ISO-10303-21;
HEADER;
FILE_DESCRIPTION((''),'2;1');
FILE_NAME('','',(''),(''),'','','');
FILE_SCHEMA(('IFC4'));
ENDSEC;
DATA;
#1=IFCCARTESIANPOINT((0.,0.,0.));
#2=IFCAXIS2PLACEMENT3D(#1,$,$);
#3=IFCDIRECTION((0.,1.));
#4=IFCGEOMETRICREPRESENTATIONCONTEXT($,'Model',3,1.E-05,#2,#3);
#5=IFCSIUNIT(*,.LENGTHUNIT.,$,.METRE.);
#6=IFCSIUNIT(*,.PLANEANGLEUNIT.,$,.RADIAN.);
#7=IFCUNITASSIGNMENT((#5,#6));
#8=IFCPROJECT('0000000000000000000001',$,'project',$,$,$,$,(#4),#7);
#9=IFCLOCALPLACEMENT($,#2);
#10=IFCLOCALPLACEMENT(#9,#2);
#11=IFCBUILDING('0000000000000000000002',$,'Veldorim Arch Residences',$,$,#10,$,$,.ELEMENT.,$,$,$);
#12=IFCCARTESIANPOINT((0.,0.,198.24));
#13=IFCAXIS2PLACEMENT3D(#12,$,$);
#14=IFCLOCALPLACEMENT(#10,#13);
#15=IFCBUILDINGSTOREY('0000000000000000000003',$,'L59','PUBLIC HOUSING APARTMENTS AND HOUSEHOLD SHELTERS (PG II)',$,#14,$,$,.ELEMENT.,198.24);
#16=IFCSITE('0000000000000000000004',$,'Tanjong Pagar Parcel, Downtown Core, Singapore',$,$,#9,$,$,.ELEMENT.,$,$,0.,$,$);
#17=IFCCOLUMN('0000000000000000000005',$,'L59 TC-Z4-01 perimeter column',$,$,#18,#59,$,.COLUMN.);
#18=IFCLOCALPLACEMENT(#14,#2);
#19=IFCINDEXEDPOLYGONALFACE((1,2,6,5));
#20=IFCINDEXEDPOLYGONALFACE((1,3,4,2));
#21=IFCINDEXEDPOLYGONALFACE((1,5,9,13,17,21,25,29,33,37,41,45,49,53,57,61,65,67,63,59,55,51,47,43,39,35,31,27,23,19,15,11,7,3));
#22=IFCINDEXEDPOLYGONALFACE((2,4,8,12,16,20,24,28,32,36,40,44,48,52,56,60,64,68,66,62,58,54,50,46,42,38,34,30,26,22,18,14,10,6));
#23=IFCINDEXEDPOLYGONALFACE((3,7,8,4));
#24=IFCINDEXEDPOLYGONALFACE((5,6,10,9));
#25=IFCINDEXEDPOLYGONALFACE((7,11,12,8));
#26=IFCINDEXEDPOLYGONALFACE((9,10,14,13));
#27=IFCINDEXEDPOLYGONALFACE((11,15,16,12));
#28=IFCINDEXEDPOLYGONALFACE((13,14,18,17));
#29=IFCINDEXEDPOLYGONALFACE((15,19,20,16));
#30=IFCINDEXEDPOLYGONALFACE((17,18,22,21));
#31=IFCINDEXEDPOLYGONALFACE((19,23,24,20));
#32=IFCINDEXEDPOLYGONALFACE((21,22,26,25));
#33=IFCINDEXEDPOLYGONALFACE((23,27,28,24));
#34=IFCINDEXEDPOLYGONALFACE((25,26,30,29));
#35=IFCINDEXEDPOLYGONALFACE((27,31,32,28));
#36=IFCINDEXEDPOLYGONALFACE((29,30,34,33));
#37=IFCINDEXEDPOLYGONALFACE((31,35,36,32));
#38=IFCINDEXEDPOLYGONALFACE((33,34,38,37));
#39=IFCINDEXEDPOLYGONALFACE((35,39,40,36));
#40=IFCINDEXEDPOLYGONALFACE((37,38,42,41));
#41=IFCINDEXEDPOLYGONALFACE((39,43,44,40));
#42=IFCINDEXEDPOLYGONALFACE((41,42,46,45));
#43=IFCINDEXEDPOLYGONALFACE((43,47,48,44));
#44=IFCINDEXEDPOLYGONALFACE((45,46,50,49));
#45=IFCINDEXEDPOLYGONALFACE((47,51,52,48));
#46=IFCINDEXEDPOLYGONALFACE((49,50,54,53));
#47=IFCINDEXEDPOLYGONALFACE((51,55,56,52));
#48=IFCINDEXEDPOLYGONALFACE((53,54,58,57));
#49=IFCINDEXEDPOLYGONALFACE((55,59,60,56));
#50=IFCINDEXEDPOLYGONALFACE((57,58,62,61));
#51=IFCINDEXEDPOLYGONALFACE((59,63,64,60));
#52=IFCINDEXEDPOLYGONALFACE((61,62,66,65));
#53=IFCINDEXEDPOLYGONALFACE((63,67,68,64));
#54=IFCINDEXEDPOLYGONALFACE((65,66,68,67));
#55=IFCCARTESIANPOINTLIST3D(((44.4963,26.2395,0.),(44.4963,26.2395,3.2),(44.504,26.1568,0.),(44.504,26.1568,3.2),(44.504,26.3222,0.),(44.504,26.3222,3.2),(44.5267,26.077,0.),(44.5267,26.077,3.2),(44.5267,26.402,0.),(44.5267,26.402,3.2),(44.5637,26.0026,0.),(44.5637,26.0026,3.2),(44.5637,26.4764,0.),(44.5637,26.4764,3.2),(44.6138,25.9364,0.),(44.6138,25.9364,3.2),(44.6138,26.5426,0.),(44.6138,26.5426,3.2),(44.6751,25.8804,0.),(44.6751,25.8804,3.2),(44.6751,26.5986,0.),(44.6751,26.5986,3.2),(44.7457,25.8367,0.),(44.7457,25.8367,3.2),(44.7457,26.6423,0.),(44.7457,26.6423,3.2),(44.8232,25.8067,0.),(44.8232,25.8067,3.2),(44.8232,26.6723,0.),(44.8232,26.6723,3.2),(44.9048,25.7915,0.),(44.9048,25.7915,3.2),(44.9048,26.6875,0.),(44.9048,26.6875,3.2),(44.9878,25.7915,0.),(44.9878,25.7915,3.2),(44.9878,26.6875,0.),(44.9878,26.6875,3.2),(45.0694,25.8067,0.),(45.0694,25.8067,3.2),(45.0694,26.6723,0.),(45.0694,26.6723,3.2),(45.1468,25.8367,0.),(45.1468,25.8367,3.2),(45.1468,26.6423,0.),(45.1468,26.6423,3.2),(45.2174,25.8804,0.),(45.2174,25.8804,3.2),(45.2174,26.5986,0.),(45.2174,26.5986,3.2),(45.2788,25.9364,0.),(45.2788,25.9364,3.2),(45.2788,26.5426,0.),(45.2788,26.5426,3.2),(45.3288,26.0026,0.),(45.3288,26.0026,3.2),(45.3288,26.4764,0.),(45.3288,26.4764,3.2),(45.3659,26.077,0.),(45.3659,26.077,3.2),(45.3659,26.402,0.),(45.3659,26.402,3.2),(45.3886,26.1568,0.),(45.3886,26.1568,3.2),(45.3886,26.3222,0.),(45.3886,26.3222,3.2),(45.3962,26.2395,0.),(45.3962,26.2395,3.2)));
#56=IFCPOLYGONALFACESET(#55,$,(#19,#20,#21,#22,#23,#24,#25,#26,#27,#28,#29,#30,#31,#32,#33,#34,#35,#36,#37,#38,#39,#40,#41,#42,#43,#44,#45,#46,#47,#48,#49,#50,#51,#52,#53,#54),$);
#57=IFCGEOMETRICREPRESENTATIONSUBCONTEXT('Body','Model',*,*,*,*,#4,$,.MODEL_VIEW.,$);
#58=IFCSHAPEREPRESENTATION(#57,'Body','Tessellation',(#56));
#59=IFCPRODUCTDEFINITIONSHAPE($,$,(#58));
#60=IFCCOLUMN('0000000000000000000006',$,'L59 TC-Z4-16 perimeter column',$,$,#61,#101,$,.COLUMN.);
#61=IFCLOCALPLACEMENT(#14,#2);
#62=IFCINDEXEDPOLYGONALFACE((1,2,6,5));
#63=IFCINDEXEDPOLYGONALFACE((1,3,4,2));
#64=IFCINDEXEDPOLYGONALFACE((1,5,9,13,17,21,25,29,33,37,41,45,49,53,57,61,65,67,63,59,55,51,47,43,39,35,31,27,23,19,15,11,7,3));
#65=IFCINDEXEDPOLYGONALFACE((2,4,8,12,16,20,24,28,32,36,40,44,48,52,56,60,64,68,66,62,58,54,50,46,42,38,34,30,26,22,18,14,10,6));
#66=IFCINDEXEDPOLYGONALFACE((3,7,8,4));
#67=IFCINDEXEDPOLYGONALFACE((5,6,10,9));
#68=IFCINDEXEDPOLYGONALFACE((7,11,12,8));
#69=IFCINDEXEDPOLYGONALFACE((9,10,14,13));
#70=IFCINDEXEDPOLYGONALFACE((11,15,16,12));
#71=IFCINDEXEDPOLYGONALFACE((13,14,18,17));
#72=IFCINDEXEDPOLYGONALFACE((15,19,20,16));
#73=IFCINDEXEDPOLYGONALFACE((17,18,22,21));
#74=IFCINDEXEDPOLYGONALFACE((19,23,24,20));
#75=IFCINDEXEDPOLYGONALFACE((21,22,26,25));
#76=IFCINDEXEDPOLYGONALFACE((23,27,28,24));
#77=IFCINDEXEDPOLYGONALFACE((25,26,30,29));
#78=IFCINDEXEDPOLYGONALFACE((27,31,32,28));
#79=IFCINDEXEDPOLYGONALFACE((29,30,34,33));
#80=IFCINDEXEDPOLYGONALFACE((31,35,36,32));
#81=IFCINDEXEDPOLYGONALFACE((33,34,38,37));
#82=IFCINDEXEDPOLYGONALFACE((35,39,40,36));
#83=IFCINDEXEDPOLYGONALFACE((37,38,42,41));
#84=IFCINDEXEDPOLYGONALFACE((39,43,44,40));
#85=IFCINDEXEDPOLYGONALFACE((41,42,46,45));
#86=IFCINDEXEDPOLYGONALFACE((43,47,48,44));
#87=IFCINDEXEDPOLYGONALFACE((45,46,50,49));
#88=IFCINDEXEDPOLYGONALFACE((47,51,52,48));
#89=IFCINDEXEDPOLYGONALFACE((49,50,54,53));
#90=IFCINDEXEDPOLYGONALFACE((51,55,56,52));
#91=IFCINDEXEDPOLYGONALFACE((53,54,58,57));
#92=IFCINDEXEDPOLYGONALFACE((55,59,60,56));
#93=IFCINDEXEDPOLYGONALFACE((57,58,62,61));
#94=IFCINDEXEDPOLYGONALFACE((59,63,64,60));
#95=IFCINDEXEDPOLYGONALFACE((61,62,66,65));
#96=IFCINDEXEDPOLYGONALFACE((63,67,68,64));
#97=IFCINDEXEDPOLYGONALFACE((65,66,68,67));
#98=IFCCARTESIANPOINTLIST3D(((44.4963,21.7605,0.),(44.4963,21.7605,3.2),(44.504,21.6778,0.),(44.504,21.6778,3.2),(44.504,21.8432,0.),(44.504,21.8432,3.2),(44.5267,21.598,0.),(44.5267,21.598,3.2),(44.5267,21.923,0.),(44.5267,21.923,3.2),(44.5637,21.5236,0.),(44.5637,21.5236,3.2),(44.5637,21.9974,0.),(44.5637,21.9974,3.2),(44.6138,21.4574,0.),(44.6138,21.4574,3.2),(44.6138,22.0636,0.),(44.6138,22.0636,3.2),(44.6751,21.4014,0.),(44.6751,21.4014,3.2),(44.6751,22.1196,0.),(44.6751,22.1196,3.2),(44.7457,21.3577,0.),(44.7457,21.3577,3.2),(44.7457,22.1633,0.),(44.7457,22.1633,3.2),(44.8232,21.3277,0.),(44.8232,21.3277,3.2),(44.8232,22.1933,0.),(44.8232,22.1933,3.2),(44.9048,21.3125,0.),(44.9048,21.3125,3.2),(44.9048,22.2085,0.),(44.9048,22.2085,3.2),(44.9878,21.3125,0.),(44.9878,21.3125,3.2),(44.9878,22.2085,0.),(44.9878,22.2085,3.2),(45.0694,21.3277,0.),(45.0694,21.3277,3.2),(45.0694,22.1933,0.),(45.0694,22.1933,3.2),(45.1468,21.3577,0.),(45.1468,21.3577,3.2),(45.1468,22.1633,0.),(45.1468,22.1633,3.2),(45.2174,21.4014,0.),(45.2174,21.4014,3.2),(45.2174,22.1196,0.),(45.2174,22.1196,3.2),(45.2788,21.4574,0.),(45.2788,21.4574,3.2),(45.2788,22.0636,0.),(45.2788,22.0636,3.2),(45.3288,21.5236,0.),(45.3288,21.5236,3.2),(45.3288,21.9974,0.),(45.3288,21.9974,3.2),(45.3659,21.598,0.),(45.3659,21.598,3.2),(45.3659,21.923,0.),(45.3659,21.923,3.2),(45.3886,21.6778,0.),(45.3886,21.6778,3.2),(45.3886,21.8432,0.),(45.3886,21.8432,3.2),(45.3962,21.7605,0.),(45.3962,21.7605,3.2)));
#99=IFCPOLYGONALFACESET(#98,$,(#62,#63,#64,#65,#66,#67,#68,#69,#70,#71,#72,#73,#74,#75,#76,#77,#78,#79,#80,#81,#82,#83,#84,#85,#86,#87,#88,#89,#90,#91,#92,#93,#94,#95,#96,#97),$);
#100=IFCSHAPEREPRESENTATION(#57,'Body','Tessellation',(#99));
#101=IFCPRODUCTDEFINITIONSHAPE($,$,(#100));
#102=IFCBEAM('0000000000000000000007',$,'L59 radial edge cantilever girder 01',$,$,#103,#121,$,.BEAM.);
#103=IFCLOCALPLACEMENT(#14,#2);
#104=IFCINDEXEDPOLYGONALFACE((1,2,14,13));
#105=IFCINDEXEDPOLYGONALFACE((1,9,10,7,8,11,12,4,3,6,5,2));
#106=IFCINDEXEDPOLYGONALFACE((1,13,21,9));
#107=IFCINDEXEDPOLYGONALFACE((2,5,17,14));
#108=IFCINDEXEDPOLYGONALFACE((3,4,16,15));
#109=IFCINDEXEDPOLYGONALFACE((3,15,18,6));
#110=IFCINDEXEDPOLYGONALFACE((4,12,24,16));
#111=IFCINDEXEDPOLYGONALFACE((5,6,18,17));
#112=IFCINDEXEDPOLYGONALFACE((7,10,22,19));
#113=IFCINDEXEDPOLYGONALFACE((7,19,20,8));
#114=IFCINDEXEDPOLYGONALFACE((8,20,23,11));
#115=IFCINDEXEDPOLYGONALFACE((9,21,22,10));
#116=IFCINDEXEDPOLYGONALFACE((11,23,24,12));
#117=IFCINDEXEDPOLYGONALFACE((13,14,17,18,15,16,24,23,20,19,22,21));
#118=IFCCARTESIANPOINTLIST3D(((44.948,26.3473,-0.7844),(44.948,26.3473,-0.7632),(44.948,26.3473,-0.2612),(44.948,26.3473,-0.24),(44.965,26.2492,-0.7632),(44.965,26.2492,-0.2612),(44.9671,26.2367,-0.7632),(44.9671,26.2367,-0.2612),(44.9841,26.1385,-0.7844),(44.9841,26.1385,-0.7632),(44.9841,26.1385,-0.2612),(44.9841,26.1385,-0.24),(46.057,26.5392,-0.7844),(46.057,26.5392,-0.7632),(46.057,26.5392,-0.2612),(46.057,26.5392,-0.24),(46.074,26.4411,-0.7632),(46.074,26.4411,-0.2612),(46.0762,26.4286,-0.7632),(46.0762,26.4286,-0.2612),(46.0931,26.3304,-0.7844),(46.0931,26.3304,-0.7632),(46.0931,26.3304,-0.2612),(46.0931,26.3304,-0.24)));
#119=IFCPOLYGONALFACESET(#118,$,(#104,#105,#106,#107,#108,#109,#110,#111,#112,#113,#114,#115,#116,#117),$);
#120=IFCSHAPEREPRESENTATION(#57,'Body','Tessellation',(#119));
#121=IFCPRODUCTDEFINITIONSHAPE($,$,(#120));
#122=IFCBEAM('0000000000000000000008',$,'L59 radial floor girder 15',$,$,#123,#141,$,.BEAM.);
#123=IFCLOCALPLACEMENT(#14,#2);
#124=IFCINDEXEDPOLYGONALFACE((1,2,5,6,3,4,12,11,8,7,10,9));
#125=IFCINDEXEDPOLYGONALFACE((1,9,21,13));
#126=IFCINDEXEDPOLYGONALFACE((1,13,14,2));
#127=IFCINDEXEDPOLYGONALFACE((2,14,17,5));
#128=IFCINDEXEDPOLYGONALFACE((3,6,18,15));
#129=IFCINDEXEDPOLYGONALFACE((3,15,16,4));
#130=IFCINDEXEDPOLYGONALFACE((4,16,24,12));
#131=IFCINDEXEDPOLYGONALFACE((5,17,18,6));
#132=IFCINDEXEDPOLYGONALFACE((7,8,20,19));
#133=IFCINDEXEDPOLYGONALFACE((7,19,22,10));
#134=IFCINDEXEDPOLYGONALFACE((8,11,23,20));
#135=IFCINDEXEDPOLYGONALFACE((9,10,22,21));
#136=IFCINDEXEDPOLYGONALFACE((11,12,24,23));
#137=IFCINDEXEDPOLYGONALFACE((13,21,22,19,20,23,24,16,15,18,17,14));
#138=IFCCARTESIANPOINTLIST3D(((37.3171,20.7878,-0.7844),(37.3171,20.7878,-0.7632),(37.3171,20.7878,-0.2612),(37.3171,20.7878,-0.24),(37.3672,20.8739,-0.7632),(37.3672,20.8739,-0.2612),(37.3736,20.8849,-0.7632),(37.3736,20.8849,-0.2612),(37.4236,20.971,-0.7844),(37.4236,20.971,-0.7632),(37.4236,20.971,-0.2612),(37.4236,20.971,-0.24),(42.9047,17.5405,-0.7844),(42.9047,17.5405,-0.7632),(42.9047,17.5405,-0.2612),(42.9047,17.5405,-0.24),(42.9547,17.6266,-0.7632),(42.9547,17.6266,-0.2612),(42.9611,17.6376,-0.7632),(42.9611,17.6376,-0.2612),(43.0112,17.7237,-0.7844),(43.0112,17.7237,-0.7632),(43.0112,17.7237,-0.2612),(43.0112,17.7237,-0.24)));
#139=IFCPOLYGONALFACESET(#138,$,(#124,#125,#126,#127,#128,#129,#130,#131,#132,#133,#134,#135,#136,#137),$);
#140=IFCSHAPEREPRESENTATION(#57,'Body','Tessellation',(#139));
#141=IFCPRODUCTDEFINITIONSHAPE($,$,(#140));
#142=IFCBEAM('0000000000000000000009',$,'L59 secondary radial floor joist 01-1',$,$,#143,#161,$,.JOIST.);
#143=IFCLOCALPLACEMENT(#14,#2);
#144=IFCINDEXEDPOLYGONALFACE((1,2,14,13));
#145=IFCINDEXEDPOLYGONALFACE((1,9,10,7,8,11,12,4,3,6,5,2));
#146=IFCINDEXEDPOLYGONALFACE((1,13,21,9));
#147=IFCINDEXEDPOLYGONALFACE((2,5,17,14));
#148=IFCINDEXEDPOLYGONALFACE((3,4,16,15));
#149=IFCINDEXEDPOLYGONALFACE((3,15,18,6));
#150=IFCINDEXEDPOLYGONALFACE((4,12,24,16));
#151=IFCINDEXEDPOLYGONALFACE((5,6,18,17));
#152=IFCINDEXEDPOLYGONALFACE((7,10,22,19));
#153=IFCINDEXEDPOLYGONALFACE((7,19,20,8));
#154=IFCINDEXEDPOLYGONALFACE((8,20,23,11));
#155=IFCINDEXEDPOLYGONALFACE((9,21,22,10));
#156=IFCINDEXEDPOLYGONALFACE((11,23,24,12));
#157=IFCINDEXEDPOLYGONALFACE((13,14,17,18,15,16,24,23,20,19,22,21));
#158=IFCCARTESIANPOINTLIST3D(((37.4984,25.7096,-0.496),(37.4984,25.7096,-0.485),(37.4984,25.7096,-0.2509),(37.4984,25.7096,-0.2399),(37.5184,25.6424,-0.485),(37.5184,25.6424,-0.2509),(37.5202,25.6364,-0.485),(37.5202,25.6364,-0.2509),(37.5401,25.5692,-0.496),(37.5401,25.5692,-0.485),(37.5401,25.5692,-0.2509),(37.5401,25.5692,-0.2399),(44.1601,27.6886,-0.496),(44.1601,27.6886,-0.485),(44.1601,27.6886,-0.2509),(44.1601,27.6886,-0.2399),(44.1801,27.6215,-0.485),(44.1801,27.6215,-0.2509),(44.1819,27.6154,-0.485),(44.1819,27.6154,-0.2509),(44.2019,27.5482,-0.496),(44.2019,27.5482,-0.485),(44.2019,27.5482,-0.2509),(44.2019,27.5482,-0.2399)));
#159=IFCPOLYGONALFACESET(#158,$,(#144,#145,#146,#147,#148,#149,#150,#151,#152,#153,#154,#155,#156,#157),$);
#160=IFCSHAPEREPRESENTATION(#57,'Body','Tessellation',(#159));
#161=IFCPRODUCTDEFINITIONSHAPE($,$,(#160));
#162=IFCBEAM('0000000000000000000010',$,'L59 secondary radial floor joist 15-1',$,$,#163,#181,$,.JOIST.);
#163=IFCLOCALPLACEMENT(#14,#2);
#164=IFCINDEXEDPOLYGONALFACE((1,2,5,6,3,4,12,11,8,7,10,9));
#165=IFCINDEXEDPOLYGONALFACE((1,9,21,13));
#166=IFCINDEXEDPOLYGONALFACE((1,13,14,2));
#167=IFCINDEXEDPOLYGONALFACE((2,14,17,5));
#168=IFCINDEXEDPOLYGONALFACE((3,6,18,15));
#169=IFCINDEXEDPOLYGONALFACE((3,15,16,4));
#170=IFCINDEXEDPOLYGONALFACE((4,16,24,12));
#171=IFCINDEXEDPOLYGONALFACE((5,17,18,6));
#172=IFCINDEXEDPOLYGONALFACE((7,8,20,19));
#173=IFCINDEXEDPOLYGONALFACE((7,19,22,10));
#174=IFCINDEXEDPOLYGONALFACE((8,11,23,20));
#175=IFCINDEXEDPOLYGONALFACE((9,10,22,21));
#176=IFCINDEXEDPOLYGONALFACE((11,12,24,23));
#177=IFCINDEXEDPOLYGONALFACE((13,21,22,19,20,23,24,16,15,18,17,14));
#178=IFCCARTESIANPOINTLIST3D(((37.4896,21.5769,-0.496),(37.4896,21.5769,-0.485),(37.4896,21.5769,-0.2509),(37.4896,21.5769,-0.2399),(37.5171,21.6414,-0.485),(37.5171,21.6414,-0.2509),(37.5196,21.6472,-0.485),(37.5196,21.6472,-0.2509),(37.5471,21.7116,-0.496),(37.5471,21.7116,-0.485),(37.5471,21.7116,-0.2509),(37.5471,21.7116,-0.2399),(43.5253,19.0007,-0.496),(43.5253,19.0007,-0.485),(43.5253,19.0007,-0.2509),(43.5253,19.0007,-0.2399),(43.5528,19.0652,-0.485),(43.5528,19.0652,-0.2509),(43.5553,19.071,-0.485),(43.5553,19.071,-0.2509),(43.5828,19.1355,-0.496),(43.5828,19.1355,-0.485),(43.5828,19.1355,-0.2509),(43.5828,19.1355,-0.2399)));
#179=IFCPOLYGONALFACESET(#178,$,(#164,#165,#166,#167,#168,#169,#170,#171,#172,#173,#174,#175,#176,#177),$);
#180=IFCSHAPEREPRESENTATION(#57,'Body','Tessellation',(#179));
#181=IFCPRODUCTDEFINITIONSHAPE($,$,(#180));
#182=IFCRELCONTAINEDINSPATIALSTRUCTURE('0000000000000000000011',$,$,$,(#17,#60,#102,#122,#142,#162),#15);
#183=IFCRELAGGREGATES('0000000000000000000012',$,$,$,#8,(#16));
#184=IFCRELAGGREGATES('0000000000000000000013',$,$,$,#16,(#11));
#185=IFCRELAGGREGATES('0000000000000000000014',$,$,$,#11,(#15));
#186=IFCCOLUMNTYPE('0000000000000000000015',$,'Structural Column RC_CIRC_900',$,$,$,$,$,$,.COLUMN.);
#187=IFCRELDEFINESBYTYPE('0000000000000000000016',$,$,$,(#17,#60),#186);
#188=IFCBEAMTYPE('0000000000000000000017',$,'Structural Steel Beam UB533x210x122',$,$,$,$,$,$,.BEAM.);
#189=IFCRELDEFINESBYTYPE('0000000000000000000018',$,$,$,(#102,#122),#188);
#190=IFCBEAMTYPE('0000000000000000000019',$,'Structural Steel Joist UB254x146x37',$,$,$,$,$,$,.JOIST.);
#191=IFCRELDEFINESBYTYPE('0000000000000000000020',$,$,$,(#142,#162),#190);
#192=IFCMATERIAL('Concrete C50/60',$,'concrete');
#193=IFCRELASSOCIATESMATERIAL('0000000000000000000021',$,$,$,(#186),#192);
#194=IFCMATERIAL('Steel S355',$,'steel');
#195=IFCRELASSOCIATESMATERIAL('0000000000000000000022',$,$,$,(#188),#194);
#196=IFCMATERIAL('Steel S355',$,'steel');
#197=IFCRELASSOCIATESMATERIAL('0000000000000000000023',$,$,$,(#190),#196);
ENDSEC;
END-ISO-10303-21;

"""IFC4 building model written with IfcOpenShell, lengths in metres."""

from ifc_helpers import new_model, si_unit, direction, frame, origin, origin_2d, place, context, subcontext, project, spatial, circle, i_section, extrude, material, material_profile, profile_set, type_object, element, save


model = new_model("IFC4")

# Units and contexts
model_context = context("Model", 3, precision=1e-05, world=origin(), true_north=direction((0.0, 1.0)))
body_context = subcontext(model_context, "Body", "Model", "MODEL_VIEW")
ifc_project = project(units=[si_unit("LENGTHUNIT", "METRE"), si_unit("PLANEANGLEUNIT", "RADIAN")], contexts=[model_context])

# Site, building, storey
site_placement = place(None, origin())
site = spatial("IfcSite", under=ifc_project, at=site_placement, Name="Tanjong Pagar Parcel, Downtown Core, Singapore", CompositionType="ELEMENT", RefElevation=0.0)
building_placement = place(site_placement, origin())
building = spatial("IfcBuilding", under=site, at=building_placement, Name="Veldorim Arch Residences", CompositionType="ELEMENT")
storey_placement = place(building_placement, frame((0.0, 0.0, 198.24)))
storey = spatial("IfcBuildingStorey", under=building, at=storey_placement, Name="L59", Description="PUBLIC HOUSING APARTMENTS AND HOUSEHOLD SHELTERS (PG II)", CompositionType="ELEMENT", Elevation=198.24)

# Columns
ifc_material_1 = material(Name="Concrete C50/60", Category="concrete")
ifc_material_profile_1 = material_profile(ifc_material_1, circle(Radius=0.45, at=origin_2d()), Name="RC_CIRC_900")
ifc_profile_set_1 = profile_set([ifc_material_profile_1], Name="Concrete C50/60")
column_type = type_object("IfcColumnType", Name="Structural Column RC_CIRC_900", PredefinedType="COLUMN", material=ifc_profile_set_1)
for number, where, z_axis, x_axis, name in (
    (1, (44.9463, 26.2395, 0.0), (0.0, 0.0, 1.0), (1.0, 0.0, 0.0), "L59 TC-Z4-01 perimeter column"),
    (2, (44.9463, 21.7605, 0.0), (0.0, 0.0, 1.0), (1.0, 0.0, 0.0), "L59 TC-Z4-16 perimeter column"),
):
    element("IfcColumn", number, at=place(storey_placement, frame(where, z_axis=z_axis, x_axis=x_axis)), inside=storey, type_object=column_type, Name=name, PredefinedType="COLUMN", context=body_context, shape_type="SweptSolid", body=[
        extrude(circle(Radius=0.45, at=origin_2d()), origin(), (0.0, 0.0, 1.0), 3.2),
    ])

# Beams
ifc_material_2 = material(Name="Steel S355", Category="steel")
ifc_material_profile_2 = material_profile(ifc_material_2, i_section(OverallWidth=0.2119, OverallDepth=0.5444, WebThickness=0.0127, FlangeThickness=0.0212, at=origin_2d()), Name="UB533x210x122")
ifc_profile_set_2 = profile_set([ifc_material_profile_2], Name="Steel S355")
beam_type_1 = type_object("IfcBeamType", Name="Structural Steel Beam UB533x210x122", PredefinedType="BEAM", material=ifc_profile_set_2)
beam_1_placement = place(storey_placement, frame((44.9661, 26.2429, -0.5122), z_axis=(0.985355, 0.170517, 0.0), x_axis=(-0.170517, 0.985355, 0.0)))
element("IfcBeam", 3, at=beam_1_placement, inside=storey, type_object=beam_type_1, Name="L59 radial edge cantilever girder 01", PredefinedType="BEAM", context=body_context, shape_type="SweptSolid", body=[
    extrude(i_section(OverallWidth=0.2119, OverallDepth=0.5444, WebThickness=0.0127, FlangeThickness=0.0212, at=origin_2d()), origin(), (0.0, 0.0, 1.0), 1.1255),
])
beam_2_placement = place(storey_placement, frame((37.3704, 20.8794, -0.5122), z_axis=(0.864596, -0.502468, 0.0), x_axis=(0.502468, 0.864596, 0.0)))
element("IfcBeam", 4, at=beam_2_placement, inside=storey, type_object=beam_type_1, Name="L59 radial floor girder 15", PredefinedType="BEAM", context=body_context, shape_type="SweptSolid", body=[
    extrude(i_section(OverallWidth=0.2119, OverallDepth=0.5444, WebThickness=0.0127, FlangeThickness=0.0212, at=origin_2d()), origin(), (0.0, 0.0, 1.0), 6.4626),
])
ifc_material_3 = material(Name="Steel S355", Category="steel")
ifc_material_profile_3 = material_profile(ifc_material_3, i_section(OverallWidth=0.1465, OverallDepth=0.2561, WebThickness=0.0063, FlangeThickness=0.011, at=origin_2d()), Name="UB254x146x37")
ifc_profile_set_3 = profile_set([ifc_material_profile_3], Name="Steel S355")
beam_type_2 = type_object("IfcBeamType", Name="Structural Steel Joist UB254x146x37", PredefinedType="JOIST", material=ifc_profile_set_3)
beam_3_placement = place(storey_placement, frame((37.5193, 25.6394, -0.3679), z_axis=(0.958594, 0.284775, 0.0), x_axis=(-0.284775, 0.958594, 0.0)))
element("IfcBeam", 5, at=beam_3_placement, inside=storey, type_object=beam_type_2, Name="L59 secondary radial floor joist 01-1", PredefinedType="JOIST", context=body_context, shape_type="SweptSolid", body=[
    extrude(i_section(OverallWidth=0.1465, OverallDepth=0.2561, WebThickness=0.0063, FlangeThickness=0.011, at=origin_2d()), origin(), (0.0, 0.0, 1.0), 6.9495),
])
beam_4_placement = place(storey_placement, frame((37.5183, 21.6443, -0.3679), z_axis=(0.919725, -0.392563, 0.0), x_axis=(0.392563, 0.919725, 0.0)))
element("IfcBeam", 6, at=beam_4_placement, inside=storey, type_object=beam_type_2, Name="L59 secondary radial floor joist 15-1", PredefinedType="JOIST", context=body_context, shape_type="SweptSolid", body=[
    extrude(i_section(OverallWidth=0.1465, OverallDepth=0.2561, WebThickness=0.0063, FlangeThickness=0.011, at=origin_2d()), origin(), (0.0, 0.0, 1.0), 6.5625),
])

save(model, "model.ifc")
